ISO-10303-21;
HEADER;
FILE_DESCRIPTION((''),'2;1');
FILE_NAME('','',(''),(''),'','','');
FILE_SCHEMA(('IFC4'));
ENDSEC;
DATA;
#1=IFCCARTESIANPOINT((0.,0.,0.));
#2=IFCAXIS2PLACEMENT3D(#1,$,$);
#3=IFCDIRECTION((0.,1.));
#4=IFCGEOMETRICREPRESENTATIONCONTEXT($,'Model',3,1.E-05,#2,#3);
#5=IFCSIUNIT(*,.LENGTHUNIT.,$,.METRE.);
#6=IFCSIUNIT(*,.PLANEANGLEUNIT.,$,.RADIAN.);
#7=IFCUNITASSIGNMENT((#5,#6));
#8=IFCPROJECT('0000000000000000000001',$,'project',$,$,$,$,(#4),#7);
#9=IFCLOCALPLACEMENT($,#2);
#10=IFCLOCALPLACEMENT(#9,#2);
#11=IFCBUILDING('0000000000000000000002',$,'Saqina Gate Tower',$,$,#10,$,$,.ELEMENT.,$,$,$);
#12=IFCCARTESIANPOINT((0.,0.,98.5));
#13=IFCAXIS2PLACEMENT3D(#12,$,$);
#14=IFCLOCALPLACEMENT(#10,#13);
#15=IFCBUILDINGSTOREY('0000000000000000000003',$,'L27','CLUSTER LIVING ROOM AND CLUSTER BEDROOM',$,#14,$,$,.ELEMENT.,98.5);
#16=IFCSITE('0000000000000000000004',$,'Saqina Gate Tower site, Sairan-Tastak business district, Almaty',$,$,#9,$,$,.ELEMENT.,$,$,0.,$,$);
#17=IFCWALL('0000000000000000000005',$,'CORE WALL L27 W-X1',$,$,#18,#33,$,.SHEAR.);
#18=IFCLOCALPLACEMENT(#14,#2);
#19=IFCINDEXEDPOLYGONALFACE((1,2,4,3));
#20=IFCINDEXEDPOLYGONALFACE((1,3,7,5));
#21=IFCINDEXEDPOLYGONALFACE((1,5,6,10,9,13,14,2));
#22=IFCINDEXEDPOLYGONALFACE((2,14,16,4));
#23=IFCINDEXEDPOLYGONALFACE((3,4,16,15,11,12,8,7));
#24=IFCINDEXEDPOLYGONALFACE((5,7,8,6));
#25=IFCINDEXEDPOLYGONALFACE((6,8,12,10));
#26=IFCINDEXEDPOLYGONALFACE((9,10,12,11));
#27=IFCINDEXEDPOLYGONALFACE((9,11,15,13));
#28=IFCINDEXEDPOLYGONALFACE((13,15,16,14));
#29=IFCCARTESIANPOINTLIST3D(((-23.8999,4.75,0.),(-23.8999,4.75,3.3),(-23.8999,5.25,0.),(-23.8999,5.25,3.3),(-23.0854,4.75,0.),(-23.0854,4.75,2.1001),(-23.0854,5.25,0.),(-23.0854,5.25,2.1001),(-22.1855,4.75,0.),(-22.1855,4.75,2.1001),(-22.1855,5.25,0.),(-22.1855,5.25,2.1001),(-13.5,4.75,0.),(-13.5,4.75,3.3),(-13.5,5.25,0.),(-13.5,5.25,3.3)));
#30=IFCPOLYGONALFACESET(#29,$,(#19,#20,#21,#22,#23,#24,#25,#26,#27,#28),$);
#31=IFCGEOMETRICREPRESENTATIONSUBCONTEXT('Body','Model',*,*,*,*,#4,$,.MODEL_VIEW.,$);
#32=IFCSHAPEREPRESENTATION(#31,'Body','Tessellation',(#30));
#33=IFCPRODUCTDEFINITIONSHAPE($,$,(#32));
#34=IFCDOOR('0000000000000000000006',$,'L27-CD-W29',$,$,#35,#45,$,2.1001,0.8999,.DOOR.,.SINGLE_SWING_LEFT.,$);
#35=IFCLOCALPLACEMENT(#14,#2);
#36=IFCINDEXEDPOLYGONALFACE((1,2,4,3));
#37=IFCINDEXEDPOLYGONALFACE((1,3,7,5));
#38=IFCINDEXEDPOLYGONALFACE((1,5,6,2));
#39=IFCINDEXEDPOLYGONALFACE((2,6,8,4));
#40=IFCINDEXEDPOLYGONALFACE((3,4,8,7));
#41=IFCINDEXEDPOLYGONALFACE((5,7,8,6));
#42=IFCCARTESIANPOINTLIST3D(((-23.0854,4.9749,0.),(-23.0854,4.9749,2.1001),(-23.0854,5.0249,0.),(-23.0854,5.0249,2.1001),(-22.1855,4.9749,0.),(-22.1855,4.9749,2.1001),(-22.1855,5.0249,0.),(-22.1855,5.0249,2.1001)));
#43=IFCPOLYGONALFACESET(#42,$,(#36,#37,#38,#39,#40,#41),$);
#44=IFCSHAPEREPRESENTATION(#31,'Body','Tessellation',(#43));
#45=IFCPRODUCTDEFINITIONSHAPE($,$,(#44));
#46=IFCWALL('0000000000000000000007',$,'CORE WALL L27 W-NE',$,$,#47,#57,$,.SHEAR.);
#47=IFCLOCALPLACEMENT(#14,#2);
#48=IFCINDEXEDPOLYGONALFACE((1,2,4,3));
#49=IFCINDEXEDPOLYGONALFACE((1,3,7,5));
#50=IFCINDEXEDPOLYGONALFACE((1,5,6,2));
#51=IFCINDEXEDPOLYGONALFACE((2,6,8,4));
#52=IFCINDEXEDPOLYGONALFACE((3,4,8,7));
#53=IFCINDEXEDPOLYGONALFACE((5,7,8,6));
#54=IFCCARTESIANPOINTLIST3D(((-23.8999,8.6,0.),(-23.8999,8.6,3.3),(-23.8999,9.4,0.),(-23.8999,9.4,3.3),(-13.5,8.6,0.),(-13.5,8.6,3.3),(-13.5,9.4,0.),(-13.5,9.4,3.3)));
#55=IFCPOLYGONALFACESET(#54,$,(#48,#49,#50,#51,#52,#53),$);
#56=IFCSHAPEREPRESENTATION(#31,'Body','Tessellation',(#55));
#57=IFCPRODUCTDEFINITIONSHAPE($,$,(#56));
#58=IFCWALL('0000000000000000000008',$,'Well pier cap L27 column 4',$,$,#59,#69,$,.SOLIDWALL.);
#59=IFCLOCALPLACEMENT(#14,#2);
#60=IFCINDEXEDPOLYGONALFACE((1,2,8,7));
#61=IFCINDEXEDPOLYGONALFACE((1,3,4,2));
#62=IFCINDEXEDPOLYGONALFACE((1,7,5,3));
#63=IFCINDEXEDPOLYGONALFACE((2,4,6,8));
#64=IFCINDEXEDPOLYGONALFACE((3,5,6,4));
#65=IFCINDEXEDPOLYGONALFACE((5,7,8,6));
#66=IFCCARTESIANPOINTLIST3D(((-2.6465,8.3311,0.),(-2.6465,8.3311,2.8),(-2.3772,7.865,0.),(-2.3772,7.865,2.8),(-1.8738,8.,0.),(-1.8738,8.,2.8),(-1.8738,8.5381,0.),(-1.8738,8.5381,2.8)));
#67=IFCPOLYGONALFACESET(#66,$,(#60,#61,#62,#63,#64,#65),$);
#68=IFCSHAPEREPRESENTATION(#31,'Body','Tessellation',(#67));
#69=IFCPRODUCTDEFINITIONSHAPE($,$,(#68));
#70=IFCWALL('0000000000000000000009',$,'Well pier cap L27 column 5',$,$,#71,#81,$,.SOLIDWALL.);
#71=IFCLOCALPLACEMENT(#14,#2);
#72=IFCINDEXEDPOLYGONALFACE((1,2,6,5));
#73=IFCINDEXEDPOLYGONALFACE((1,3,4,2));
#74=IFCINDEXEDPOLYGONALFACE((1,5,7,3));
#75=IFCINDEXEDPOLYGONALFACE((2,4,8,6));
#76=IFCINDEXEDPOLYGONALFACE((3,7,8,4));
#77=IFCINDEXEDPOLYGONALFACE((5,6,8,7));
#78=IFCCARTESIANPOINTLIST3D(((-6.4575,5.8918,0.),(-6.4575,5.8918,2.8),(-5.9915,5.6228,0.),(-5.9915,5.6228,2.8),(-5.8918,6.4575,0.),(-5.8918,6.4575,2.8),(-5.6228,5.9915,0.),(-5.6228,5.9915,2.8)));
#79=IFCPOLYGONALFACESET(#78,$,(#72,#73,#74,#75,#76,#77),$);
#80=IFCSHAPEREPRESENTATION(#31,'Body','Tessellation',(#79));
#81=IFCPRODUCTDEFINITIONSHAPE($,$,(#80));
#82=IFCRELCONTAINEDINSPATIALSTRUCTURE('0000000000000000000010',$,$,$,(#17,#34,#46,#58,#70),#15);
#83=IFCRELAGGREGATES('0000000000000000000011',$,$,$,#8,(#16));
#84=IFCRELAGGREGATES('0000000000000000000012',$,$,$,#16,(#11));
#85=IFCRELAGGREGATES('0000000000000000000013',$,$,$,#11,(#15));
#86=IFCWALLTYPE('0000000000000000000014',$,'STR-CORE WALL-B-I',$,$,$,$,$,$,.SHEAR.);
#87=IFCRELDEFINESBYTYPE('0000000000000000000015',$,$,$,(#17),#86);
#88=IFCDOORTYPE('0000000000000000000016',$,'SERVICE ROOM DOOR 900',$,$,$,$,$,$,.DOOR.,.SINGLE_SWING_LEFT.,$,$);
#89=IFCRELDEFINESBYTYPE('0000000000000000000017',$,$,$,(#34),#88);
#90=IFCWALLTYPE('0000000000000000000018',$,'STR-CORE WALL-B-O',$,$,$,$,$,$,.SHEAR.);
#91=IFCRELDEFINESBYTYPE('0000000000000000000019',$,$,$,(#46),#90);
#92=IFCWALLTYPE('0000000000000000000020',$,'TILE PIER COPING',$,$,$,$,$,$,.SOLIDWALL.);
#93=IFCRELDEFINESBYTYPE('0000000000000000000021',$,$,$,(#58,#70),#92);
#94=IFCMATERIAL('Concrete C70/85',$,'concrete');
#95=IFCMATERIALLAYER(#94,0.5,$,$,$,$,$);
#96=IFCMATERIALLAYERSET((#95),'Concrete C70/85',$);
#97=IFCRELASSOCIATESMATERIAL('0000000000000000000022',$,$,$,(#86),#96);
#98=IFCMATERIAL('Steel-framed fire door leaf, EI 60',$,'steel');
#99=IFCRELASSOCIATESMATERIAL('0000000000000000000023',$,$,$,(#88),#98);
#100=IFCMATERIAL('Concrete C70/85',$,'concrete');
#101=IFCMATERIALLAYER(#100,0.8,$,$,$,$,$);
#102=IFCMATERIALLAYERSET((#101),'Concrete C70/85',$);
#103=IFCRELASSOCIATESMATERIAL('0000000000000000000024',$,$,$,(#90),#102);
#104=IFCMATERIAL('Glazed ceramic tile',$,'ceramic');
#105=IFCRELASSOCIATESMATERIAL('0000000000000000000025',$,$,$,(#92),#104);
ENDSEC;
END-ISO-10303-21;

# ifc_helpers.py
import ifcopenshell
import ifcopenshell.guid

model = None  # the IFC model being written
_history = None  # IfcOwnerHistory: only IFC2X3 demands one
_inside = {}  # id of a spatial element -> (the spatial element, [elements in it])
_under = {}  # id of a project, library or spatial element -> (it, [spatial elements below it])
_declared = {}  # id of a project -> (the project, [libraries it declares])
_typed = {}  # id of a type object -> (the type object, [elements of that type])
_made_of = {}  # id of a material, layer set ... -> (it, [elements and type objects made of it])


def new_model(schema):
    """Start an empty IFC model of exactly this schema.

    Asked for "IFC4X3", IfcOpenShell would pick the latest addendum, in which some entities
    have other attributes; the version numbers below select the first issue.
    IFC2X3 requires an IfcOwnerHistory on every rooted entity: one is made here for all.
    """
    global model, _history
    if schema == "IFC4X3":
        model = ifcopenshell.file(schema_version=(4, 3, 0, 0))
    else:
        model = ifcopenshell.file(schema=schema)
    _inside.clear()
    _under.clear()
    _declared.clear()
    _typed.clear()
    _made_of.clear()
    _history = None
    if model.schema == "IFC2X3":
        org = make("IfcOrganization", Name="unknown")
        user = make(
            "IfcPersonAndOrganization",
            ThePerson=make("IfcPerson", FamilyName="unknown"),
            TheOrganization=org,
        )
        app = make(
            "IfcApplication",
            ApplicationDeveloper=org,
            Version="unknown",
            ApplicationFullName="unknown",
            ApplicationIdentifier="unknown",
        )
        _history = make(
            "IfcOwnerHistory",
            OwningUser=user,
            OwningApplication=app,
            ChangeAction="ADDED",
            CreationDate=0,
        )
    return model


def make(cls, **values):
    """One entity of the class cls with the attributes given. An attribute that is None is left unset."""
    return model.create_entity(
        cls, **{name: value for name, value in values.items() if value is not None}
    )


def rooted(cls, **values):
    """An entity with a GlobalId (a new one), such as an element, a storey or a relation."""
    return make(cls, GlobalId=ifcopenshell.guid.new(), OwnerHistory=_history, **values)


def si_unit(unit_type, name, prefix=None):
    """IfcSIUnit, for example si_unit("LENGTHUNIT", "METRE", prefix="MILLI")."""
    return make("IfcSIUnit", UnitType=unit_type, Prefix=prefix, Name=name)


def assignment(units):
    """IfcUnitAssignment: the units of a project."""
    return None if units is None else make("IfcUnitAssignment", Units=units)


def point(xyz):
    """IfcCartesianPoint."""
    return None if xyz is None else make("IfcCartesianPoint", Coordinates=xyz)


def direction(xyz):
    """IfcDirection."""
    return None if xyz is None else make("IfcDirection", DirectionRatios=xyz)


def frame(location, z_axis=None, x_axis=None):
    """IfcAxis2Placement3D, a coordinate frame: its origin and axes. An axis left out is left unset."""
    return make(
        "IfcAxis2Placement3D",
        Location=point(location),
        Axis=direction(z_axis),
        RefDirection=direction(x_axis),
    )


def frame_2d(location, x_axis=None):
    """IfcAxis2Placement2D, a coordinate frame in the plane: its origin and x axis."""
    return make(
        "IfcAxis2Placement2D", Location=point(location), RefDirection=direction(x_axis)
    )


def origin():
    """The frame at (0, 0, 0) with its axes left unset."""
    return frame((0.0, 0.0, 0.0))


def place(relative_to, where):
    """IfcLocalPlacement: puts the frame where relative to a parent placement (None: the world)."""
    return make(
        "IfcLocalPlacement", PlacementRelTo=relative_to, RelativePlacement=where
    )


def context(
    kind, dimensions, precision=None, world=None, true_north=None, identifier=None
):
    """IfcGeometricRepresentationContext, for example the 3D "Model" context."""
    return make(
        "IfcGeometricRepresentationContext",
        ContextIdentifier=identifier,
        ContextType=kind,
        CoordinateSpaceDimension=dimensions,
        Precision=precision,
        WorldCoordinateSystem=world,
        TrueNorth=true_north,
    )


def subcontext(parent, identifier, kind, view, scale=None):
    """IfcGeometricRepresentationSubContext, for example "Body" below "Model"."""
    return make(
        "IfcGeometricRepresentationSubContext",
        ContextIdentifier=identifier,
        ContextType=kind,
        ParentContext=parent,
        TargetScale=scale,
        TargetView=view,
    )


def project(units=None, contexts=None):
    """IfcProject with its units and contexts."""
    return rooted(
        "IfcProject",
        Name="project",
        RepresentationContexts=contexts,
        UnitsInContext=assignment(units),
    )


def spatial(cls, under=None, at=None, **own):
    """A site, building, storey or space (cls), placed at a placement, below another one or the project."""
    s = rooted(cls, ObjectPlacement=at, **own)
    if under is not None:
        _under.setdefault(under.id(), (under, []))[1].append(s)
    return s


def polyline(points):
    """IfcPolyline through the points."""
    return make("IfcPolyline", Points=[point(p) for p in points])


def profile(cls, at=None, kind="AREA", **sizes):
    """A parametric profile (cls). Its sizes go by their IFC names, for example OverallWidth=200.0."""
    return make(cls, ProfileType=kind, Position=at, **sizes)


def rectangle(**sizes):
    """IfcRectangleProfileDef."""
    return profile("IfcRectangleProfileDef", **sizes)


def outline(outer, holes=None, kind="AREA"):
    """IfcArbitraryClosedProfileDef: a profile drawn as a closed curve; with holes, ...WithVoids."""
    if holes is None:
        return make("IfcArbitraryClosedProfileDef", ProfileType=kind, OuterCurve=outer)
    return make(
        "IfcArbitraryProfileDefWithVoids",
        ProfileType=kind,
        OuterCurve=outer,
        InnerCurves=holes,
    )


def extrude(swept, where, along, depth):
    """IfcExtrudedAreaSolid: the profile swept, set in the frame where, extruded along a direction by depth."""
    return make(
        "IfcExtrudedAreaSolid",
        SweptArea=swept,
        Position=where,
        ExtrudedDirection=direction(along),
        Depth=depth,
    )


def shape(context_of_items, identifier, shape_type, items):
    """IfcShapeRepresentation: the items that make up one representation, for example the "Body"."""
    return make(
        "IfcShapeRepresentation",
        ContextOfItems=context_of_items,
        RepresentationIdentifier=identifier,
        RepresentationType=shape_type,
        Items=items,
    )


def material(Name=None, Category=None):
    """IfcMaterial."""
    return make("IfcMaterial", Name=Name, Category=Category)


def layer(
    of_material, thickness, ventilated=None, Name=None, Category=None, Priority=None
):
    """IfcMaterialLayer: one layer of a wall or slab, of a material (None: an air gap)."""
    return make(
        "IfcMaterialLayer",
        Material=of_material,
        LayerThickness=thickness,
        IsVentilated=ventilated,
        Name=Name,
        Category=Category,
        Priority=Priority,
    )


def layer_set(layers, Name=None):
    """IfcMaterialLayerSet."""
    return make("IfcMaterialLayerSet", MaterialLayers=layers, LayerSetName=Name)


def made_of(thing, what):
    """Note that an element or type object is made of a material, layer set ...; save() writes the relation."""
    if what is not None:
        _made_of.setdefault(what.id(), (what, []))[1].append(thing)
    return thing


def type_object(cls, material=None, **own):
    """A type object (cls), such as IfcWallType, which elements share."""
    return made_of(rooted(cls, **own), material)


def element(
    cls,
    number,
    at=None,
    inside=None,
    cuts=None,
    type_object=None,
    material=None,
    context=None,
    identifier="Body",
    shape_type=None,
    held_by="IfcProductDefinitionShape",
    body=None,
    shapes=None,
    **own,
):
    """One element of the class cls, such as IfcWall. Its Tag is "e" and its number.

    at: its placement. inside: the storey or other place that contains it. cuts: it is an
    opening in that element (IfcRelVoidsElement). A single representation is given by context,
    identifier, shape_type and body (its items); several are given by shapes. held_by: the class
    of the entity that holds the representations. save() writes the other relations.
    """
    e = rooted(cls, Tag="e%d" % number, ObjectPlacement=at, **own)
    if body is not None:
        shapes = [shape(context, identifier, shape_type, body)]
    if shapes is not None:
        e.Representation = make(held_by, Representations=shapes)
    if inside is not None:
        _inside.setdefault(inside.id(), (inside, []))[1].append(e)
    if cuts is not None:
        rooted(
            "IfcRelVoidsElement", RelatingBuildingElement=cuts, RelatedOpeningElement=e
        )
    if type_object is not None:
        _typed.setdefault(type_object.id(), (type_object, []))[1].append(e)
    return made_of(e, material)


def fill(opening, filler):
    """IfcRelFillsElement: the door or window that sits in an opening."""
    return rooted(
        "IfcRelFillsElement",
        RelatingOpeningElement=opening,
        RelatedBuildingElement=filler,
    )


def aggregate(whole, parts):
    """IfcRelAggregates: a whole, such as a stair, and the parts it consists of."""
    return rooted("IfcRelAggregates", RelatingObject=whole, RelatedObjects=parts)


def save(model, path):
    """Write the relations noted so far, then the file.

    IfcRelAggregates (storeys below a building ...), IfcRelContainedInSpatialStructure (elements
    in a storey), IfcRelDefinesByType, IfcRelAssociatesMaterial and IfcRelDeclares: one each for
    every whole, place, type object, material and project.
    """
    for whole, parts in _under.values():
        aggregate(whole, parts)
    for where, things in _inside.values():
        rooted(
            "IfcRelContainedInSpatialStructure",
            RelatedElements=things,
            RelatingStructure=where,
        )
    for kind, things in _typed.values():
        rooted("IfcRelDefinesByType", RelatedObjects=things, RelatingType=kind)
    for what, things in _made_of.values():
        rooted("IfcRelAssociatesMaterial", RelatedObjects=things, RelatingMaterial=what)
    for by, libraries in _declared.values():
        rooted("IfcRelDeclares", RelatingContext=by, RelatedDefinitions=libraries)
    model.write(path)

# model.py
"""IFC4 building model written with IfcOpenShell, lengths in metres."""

from ifc_helpers import new_model, si_unit, direction, frame, frame_2d, origin, place, context, subcontext, project, spatial, polyline, rectangle, outline, extrude, material, layer, layer_set, type_object, element, fill, save


model = new_model("IFC4")

# Units and contexts
model_context = context("Model", 3, precision=1e-05, world=origin(), true_north=direction((0.0, 1.0)))
body_context = subcontext(model_context, "Body", "Model", "MODEL_VIEW")
ifc_project = project(units=[si_unit("LENGTHUNIT", "METRE"), si_unit("PLANEANGLEUNIT", "RADIAN")], contexts=[model_context])

# Site, building, storey
site_placement = place(None, origin())
site = spatial("IfcSite", under=ifc_project, at=site_placement, Name="Saqina Gate Tower site, Sairan-Tastak business district, Almaty", CompositionType="ELEMENT", RefElevation=0.0)
building_placement = place(site_placement, origin())
building = spatial("IfcBuilding", under=site, at=building_placement, Name="Saqina Gate Tower", CompositionType="ELEMENT")
storey_placement = place(building_placement, frame((0.0, 0.0, 98.5)))
storey = spatial("IfcBuildingStorey", under=building, at=storey_placement, Name="L27", Description="CLUSTER LIVING ROOM AND CLUSTER BEDROOM", CompositionType="ELEMENT", Elevation=98.5)

# Wall, opening, door
ifc_material_1 = material(Name="Concrete C70/85", Category="concrete")
ifc_layer_1 = layer(ifc_material_1, 0.5)
ifc_layer_set_1 = layer_set([ifc_layer_1], Name="Concrete C70/85")
wall_type_1 = type_object("IfcWallType", Name="STR-CORE WALL-B-I", PredefinedType="SHEAR", material=ifc_layer_set_1)
wall_1_placement = place(storey_placement, frame((-13.5, 5.0, 0.0), z_axis=(0.0, 0.0, 1.0), x_axis=(-1.0, 0.0, 0.0)))
wall_1 = element("IfcWall", 1, at=wall_1_placement, inside=storey, type_object=wall_type_1, Name="CORE WALL L27 W-X1", PredefinedType="SHEAR", context=body_context, shape_type="SweptSolid", body=[
    extrude(rectangle(XDim=10.3999, YDim=0.5, at=frame_2d((5.2, 0.0))), origin(), (0.0, 0.0, 1.0), 3.3),
])
opening_1_placement = place(wall_1_placement, frame((8.6855, 0.0, 0.0)))
opening_1 = element("IfcOpeningElement", 2, at=opening_1_placement, cuts=wall_1, PredefinedType="OPENING", context=body_context, shape_type="SweptSolid", body=[
    extrude(rectangle(XDim=0.8999, YDim=2.1001, at=frame_2d((0.45, 1.05))), frame((0.0, 0.262, 0.0), z_axis=(0.0, -1.0, 0.0), x_axis=(1.0, 0.0, 0.0)), (0.0, 0.0, 1.0), 0.5239),
])
ifc_material_2 = material(Name="Steel-framed fire door leaf, EI 60", Category="steel")
door_type_1 = type_object("IfcDoorType", Name="SERVICE ROOM DOOR 900", OperationType="SINGLE_SWING_LEFT", PredefinedType="DOOR", material=ifc_material_2)
door_1_placement = place(opening_1_placement, frame((0.8999, 0.0, 0.0), z_axis=(0.0, 0.0, 1.0), x_axis=(-1.0, 0.0, 0.0)))
door_1 = element("IfcDoor", 3, at=door_1_placement, inside=storey, type_object=door_type_1, Name="L27-CD-W29", OperationType="SINGLE_SWING_LEFT", OverallHeight=2.1001, OverallWidth=0.8999, PredefinedType="DOOR", context=body_context, shape_type="SweptSolid", body=[
    extrude(rectangle(XDim=0.8999, YDim=2.1001, at=frame_2d((0.45, 1.05))), frame((0.0, 0.0249, 0.0), z_axis=(0.0, -1.0, 0.0), x_axis=(1.0, 0.0, 0.0)), (0.0, 0.0, 1.0), 0.05),
])
fill(opening_1, door_1)

# Walls
ifc_material_3 = material(Name="Concrete C70/85", Category="concrete")
ifc_layer_2 = layer(ifc_material_3, 0.8)
ifc_layer_set_2 = layer_set([ifc_layer_2], Name="Concrete C70/85")
wall_type_2 = type_object("IfcWallType", Name="STR-CORE WALL-B-O", PredefinedType="SHEAR", material=ifc_layer_set_2)
wall_2_placement = place(storey_placement, frame((-13.5, 9.0, 0.0), z_axis=(0.0, 0.0, 1.0), x_axis=(-1.0, 0.0, 0.0)))
element("IfcWall", 4, at=wall_2_placement, inside=storey, type_object=wall_type_2, Name="CORE WALL L27 W-NE", PredefinedType="SHEAR", context=body_context, shape_type="SweptSolid", body=[
    extrude(rectangle(XDim=10.3999, YDim=0.8, at=frame_2d((5.2, 0.0))), origin(), (0.0, 0.0, 1.0), 3.3),
])
ifc_material_4 = material(Name="Glazed ceramic tile", Category="ceramic")
wall_type_3 = type_object("IfcWallType", Name="TILE PIER COPING", PredefinedType="SOLIDWALL", material=ifc_material_4)
wall_3_placement = place(storey_placement, origin())
element("IfcWall", 5, at=wall_3_placement, inside=storey, type_object=wall_type_3, Name="Well pier cap L27 column 4", PredefinedType="SOLIDWALL", context=body_context, shape_type="SweptSolid", body=[
    extrude(outline(polyline([(-2.6465, 8.3311), (-2.3772, 7.865), (-1.8738, 8.0), (-1.8738, 8.5381), (-2.6465, 8.3311)])), origin(), (0.0, 0.0, 1.0), 2.8),
])
wall_4_placement = place(storey_placement, origin())
element("IfcWall", 6, at=wall_4_placement, inside=storey, type_object=wall_type_3, Name="Well pier cap L27 column 5", PredefinedType="SOLIDWALL", context=body_context, shape_type="SweptSolid", body=[
    extrude(outline(polyline([(-6.4575, 5.8918), (-5.9915, 5.6228), (-5.6228, 5.9915), (-5.8918, 6.4575), (-6.4575, 5.8918)])), origin(), (0.0, 0.0, 1.0), 2.8),
])

save(model, "model.ifc")
